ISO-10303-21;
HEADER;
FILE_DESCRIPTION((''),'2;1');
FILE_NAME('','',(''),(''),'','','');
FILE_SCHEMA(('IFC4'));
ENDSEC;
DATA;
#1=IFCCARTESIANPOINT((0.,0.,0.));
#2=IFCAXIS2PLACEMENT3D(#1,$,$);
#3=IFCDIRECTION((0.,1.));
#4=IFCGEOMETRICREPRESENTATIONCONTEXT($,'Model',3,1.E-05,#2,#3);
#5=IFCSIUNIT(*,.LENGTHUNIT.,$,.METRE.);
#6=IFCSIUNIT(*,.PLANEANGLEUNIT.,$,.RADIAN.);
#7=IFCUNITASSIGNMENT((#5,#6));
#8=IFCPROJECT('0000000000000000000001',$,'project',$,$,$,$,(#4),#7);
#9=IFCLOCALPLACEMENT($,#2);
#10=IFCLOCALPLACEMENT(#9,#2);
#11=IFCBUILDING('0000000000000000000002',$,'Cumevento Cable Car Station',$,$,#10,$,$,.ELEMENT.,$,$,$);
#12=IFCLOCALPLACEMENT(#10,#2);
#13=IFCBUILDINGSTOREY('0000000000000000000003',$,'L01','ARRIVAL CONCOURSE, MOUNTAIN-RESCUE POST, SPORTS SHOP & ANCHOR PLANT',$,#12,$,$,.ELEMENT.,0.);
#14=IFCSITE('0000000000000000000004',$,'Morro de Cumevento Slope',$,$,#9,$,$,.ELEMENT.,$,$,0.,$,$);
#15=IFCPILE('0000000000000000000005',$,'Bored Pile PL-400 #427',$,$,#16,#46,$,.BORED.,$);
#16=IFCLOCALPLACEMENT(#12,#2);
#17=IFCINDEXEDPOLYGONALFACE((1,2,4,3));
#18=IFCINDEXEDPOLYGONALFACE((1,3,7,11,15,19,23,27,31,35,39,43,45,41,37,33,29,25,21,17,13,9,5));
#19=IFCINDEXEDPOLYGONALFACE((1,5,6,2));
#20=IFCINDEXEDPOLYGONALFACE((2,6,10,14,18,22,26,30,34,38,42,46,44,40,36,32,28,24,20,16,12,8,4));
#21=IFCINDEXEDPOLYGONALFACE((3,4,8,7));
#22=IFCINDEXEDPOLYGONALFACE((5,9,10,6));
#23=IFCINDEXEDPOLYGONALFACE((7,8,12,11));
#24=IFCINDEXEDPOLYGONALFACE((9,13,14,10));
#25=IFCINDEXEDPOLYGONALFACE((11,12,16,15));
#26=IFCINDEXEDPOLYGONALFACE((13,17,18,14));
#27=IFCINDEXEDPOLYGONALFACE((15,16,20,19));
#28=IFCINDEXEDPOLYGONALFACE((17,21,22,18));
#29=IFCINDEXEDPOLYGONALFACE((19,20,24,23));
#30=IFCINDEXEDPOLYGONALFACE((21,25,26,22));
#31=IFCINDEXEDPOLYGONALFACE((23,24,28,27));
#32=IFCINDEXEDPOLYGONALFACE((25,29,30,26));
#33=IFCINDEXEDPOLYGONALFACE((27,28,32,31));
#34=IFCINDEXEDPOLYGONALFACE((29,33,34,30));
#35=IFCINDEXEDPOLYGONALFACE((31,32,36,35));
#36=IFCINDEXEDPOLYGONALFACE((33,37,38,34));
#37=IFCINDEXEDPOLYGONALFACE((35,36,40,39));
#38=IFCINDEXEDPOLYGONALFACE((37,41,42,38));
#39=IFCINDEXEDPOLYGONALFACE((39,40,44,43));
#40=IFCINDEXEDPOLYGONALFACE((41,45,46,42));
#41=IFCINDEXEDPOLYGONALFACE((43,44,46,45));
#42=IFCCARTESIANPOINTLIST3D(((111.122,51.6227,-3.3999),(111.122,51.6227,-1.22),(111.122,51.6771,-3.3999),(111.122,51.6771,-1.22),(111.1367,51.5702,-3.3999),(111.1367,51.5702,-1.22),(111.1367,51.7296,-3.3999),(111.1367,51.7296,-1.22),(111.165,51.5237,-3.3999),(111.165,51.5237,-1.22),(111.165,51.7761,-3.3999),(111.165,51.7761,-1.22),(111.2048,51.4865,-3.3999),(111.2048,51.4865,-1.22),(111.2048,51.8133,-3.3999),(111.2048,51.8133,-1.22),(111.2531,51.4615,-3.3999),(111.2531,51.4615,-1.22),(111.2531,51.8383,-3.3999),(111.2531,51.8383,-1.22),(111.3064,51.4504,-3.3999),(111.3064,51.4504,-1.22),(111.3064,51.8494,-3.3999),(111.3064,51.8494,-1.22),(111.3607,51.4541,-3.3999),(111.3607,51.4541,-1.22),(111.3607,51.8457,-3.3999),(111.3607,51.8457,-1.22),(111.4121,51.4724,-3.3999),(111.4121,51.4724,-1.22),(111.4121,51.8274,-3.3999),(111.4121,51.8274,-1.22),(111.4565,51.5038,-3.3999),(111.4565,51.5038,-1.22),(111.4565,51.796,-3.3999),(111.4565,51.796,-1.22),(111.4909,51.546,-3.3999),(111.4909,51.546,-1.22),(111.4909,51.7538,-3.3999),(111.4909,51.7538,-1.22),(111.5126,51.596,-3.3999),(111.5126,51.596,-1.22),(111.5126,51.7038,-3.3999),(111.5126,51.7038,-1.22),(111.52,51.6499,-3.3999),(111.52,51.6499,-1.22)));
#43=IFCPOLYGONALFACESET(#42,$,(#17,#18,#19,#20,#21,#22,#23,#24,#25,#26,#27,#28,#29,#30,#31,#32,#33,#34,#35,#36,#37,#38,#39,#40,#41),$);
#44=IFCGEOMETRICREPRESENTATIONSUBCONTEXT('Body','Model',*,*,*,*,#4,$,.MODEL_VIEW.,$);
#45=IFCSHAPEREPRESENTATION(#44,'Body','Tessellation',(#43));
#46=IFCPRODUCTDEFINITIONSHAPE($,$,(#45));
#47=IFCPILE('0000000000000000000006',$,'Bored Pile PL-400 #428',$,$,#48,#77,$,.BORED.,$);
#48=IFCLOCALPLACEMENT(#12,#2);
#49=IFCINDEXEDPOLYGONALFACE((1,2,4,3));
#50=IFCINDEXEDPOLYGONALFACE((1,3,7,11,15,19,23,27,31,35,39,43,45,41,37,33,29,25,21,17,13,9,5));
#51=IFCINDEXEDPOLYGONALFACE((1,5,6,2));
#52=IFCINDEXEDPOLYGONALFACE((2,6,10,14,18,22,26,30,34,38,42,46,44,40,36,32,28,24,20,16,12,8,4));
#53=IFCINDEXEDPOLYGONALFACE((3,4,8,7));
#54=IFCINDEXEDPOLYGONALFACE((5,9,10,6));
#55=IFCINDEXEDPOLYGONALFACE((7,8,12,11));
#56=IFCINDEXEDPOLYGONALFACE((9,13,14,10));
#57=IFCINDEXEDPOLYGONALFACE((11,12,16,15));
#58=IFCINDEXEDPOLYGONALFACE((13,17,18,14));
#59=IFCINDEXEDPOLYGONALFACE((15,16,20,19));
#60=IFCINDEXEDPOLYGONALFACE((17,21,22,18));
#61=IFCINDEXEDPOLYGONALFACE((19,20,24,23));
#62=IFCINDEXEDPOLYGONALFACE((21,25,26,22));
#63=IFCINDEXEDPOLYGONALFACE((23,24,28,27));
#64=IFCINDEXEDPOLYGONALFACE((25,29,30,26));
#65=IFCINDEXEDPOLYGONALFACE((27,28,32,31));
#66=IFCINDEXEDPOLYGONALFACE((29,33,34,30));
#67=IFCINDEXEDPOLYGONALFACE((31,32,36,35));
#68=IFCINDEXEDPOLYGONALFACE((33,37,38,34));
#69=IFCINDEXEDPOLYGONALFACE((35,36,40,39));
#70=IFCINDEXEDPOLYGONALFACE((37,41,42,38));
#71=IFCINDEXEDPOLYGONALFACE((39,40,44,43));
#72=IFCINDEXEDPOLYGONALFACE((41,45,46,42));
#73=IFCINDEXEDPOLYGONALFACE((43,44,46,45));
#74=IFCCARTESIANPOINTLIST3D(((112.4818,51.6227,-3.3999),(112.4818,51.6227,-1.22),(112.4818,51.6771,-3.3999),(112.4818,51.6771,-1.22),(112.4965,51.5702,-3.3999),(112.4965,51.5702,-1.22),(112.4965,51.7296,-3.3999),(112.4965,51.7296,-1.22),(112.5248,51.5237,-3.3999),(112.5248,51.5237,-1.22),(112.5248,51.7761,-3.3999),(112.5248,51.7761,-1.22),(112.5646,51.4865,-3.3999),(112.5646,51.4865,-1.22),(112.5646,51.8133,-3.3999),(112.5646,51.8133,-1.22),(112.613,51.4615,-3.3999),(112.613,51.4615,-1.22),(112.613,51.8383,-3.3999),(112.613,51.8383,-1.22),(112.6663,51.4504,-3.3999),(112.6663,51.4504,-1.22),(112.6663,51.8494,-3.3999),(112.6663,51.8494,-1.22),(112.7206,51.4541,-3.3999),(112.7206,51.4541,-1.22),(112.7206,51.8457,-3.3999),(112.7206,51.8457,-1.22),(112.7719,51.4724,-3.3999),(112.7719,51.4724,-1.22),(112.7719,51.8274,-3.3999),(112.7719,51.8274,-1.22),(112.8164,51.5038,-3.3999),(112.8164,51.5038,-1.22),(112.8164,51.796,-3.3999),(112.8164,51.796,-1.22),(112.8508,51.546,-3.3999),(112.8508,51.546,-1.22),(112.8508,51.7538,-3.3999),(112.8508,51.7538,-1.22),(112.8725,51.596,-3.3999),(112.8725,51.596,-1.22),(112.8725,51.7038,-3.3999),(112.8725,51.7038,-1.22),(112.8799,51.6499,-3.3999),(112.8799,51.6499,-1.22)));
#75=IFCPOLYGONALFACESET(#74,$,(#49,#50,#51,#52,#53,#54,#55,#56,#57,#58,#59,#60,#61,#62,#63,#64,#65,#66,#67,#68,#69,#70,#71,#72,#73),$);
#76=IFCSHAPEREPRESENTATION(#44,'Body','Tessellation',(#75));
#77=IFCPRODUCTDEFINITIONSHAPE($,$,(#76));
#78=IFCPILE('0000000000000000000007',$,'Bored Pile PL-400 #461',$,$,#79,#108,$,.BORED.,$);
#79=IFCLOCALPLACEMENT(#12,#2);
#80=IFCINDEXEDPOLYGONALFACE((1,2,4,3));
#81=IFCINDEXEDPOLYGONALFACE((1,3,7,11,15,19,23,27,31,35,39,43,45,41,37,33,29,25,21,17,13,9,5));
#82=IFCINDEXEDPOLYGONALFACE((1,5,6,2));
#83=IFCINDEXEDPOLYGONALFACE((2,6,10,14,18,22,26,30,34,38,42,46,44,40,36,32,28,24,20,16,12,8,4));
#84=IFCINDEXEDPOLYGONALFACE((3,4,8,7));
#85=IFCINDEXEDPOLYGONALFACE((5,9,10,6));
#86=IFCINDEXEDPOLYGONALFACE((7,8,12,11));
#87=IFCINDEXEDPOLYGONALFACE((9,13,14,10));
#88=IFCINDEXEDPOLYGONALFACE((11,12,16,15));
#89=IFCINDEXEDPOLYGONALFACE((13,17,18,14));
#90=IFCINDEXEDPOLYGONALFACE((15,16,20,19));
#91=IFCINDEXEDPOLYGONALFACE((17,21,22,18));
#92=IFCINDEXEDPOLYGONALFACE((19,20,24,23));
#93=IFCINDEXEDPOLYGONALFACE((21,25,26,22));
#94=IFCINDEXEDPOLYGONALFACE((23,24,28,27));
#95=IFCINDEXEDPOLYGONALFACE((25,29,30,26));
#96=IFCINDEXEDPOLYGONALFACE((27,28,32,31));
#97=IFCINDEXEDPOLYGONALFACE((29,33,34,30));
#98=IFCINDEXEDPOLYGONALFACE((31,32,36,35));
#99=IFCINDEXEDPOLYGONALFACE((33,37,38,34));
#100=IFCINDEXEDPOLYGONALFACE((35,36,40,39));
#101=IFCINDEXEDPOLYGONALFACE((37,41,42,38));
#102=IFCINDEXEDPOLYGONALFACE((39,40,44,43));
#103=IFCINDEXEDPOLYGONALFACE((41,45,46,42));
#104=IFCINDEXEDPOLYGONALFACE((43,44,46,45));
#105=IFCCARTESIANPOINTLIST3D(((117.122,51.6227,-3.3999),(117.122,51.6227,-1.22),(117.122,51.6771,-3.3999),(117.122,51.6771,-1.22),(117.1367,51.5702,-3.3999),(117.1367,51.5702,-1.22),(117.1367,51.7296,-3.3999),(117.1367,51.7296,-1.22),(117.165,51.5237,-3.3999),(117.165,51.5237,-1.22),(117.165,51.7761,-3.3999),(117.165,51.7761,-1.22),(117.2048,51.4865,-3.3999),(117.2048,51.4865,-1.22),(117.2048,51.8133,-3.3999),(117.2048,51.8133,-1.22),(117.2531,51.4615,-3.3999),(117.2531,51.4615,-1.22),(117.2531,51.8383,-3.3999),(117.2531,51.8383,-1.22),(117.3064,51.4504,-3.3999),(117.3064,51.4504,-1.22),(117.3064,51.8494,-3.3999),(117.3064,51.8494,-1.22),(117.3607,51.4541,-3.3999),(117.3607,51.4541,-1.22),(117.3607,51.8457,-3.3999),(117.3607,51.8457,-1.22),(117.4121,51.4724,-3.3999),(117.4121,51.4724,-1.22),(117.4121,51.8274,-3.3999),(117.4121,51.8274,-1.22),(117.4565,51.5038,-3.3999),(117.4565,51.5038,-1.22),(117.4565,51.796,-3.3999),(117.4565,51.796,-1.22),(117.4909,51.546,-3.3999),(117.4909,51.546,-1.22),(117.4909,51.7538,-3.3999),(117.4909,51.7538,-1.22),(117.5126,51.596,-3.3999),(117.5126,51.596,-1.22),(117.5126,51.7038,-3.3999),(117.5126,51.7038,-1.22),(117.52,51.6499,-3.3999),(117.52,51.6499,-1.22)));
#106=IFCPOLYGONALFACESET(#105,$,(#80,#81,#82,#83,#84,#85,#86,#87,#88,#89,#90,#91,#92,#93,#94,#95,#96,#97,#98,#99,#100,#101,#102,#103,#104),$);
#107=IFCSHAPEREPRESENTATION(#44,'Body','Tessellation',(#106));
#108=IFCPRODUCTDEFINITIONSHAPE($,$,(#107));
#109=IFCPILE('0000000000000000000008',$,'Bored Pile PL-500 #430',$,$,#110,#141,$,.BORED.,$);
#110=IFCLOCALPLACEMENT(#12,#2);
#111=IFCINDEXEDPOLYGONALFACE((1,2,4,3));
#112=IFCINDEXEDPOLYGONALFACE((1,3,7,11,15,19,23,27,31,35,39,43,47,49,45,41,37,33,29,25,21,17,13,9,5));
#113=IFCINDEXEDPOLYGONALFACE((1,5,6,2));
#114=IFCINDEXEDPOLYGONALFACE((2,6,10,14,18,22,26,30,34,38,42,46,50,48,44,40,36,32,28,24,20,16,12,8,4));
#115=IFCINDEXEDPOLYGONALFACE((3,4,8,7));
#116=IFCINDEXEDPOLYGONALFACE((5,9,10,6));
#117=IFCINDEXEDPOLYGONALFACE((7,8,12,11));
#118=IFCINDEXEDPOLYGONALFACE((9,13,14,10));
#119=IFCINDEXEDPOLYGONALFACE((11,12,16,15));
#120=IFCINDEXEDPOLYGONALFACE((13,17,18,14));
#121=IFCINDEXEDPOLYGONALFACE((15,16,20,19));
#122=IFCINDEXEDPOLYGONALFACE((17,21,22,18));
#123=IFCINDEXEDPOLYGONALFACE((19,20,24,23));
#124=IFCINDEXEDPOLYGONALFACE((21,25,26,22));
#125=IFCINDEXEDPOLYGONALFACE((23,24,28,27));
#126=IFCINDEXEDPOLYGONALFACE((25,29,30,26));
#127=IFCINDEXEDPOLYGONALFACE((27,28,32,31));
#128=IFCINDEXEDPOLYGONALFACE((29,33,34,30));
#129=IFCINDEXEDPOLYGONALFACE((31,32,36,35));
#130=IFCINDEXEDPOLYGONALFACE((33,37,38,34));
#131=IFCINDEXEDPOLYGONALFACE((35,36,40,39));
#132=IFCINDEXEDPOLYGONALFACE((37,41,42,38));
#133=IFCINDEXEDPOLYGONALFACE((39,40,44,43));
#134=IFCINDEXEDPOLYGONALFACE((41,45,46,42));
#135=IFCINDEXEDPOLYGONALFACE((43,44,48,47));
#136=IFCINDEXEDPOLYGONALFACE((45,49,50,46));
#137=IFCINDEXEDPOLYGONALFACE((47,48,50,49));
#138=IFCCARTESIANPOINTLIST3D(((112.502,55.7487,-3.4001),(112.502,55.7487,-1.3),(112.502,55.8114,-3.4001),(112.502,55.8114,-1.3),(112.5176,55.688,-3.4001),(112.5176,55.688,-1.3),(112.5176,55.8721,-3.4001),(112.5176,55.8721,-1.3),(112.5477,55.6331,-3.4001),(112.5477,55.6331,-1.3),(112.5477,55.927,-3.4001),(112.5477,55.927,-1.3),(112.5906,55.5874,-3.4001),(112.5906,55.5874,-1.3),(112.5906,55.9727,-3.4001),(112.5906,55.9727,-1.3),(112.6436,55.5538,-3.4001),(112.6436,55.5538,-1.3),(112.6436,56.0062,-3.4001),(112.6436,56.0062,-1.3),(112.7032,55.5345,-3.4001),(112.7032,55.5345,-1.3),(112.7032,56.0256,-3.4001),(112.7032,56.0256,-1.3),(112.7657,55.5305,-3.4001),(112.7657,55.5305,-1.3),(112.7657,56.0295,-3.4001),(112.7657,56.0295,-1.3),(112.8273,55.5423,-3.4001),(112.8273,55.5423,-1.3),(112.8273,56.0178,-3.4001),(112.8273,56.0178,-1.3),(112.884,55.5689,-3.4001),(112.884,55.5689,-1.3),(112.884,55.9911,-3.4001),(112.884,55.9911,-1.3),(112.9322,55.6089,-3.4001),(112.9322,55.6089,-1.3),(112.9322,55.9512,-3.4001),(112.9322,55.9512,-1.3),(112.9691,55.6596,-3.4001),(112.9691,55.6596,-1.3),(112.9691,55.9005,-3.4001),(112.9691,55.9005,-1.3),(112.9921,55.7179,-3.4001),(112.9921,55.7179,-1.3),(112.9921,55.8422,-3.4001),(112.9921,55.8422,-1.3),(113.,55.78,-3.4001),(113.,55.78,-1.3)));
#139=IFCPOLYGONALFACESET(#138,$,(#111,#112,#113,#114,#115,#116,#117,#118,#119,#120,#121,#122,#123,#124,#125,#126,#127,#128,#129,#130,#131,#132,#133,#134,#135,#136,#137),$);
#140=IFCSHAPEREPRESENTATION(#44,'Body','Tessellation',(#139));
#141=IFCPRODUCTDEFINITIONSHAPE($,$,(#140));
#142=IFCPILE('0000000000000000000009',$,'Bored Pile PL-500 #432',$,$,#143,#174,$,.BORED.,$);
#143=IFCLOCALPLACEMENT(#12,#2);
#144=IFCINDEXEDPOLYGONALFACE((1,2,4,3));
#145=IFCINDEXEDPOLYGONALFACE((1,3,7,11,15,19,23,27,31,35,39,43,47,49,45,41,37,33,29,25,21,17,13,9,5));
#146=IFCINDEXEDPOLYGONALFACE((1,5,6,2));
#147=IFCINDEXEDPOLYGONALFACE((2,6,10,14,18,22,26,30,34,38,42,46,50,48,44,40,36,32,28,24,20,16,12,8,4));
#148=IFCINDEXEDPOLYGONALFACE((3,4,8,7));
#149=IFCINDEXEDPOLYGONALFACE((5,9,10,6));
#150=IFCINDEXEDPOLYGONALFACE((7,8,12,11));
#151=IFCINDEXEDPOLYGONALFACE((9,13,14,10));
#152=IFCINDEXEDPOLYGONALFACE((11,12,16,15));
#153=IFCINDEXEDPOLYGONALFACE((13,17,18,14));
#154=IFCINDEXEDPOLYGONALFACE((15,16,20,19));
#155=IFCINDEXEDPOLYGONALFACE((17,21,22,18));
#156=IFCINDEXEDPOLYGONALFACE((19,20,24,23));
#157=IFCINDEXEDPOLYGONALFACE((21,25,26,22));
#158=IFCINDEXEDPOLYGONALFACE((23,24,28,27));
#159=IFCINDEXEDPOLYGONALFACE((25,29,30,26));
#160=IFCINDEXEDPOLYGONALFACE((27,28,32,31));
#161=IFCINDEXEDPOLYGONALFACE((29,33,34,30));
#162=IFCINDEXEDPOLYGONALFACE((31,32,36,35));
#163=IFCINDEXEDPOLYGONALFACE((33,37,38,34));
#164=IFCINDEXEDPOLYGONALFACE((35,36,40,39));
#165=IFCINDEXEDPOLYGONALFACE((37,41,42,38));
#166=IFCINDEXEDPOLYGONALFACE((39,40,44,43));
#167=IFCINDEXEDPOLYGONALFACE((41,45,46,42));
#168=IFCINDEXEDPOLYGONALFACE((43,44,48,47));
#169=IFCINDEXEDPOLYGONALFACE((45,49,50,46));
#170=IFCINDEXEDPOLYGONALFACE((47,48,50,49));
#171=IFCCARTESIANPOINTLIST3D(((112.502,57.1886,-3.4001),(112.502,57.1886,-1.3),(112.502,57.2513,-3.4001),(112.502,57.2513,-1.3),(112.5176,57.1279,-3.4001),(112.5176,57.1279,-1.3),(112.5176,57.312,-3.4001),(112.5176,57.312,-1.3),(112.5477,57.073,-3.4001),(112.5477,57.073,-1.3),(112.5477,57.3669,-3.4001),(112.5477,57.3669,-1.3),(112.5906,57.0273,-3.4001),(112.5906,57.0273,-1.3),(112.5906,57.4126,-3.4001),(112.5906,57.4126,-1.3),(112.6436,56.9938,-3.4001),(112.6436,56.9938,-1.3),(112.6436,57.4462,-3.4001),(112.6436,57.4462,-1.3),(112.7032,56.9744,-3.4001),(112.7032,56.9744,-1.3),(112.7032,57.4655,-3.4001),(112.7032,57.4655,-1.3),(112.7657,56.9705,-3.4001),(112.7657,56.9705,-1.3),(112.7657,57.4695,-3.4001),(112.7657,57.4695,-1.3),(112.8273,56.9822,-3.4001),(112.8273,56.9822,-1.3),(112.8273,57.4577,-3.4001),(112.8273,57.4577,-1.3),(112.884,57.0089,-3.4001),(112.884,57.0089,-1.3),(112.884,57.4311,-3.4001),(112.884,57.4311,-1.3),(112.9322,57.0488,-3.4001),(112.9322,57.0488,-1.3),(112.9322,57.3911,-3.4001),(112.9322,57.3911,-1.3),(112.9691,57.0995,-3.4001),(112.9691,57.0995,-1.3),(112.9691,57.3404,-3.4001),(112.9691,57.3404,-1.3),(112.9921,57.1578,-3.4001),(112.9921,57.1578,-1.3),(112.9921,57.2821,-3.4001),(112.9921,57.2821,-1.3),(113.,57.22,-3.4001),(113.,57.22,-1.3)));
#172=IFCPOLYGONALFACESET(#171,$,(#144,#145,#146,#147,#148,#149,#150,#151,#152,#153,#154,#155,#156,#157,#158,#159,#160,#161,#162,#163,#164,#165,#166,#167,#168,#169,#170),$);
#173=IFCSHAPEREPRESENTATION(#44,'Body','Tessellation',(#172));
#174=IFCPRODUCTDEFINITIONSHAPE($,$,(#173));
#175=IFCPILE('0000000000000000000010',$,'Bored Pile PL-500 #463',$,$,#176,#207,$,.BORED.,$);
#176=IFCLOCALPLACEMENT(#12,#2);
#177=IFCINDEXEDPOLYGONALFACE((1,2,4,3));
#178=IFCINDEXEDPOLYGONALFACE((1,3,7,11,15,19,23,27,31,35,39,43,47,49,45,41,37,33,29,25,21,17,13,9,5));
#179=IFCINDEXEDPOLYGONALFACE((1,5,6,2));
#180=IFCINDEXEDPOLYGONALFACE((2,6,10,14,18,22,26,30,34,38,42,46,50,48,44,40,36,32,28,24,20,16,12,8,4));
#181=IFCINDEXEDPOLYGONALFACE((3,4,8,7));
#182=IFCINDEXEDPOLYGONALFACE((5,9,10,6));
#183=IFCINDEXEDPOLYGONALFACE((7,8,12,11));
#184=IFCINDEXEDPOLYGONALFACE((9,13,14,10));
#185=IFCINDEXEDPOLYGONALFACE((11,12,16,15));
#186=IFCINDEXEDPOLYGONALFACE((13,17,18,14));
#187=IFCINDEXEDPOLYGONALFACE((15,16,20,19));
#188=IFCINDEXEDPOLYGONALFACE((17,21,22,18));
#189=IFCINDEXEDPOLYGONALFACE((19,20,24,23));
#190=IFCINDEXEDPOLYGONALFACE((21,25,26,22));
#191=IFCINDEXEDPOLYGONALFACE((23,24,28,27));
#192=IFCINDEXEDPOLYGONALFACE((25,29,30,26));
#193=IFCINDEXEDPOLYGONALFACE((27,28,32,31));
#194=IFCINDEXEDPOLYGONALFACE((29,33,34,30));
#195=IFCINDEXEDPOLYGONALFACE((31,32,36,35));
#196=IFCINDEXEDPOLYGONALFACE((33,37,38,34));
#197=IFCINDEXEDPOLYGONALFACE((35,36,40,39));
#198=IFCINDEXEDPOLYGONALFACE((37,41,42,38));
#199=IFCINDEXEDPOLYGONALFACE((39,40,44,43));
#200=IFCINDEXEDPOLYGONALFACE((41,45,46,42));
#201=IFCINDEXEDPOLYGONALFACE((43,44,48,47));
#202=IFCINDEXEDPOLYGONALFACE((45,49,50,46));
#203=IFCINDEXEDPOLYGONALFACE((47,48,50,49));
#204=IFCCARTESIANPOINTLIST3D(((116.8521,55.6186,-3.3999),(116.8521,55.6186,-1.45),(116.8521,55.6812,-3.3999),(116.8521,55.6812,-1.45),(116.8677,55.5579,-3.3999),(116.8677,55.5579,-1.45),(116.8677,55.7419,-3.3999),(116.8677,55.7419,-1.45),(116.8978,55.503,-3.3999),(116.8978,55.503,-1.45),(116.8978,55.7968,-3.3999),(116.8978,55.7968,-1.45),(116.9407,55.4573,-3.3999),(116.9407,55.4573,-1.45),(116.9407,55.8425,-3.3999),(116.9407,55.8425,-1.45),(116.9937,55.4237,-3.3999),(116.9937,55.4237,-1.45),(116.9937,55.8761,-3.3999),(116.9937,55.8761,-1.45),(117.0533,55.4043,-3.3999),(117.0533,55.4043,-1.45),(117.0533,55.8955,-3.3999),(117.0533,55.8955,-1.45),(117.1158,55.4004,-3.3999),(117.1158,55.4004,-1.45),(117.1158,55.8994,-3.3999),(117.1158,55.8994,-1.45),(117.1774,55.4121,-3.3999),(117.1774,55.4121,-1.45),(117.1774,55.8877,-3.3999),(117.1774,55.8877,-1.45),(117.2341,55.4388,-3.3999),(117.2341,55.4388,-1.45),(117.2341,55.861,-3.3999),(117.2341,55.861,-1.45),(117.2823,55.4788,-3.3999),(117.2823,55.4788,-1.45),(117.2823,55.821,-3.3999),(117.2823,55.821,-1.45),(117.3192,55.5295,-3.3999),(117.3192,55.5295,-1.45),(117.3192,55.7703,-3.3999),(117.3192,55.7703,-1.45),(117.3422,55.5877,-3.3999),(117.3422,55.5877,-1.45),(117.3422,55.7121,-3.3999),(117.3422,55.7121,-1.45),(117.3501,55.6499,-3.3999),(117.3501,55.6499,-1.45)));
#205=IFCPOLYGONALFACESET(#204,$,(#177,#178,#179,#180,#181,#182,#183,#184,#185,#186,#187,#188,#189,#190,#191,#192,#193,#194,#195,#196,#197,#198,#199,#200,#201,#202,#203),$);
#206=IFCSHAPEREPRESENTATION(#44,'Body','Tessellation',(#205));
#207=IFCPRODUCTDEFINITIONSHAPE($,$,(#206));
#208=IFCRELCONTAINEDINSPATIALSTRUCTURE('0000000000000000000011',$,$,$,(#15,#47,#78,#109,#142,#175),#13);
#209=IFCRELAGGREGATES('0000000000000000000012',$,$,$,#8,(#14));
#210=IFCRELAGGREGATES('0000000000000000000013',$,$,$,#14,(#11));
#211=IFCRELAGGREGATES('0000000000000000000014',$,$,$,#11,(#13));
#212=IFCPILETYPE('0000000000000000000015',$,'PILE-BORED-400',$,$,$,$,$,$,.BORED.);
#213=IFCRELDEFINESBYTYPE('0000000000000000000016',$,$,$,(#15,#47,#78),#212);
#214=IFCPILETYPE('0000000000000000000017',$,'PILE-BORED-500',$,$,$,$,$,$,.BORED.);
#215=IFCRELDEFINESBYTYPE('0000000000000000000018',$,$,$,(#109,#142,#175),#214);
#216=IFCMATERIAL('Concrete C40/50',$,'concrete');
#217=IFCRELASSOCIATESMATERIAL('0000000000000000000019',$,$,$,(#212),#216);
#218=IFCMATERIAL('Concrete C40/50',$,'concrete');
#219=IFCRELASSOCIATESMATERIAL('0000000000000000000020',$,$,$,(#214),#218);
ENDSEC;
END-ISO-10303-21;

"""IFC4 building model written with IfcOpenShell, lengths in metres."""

from ifc_helpers import new_model, si_unit, direction, frame, origin, origin_2d, place, context, subcontext, project, spatial, circle, extrude, material, material_profile, profile_set, type_object, element, save


model = new_model("IFC4")

# Units and contexts
model_context = context("Model", 3, precision=1e-05, world=origin(), true_north=direction((0.0, 1.0)))
body_context = subcontext(model_context, "Body", "Model", "MODEL_VIEW")
ifc_project = project(units=[si_unit("LENGTHUNIT", "METRE"), si_unit("PLANEANGLEUNIT", "RADIAN")], contexts=[model_context])

# Site, building, storey
site_placement = place(None, origin())
site = spatial("IfcSite", under=ifc_project, at=site_placement, Name="Morro de Cumevento Slope", CompositionType="ELEMENT", RefElevation=0.0)
building_placement = place(site_placement, origin())
building = spatial("IfcBuilding", under=site, at=building_placement, Name="Cumevento Cable Car Station", CompositionType="ELEMENT")
storey_placement = place(building_placement, origin())
storey = spatial("IfcBuildingStorey", under=building, at=storey_placement, Name="L01", Description="ARRIVAL CONCOURSE, MOUNTAIN-RESCUE POST, SPORTS SHOP & ANCHOR PLANT", CompositionType="ELEMENT", Elevation=0.0)

# Piles
ifc_material_1 = material(Name="Concrete C40/50", Category="concrete")
ifc_material_profile_1 = material_profile(ifc_material_1, circle(Radius=0.2, at=origin_2d()), Name="PILE-D400")
ifc_profile_set_1 = profile_set([ifc_material_profile_1], Name="Concrete C40/50")
pile_type_1 = type_object("IfcPileType", Name="PILE-BORED-400", PredefinedType="BORED", material=ifc_profile_set_1)
for number, where, z_axis, x_axis, name in (
    (1, (111.3201, 51.6499, -1.22), (0.0, 0.0, -1.0), (1.0, 0.0, 0.0), "Bored Pile PL-400 #427"),
    (2, (112.6799, 51.6499, -1.22), (0.0, 0.0, -1.0), (1.0, 0.0, 0.0), "Bored Pile PL-400 #428"),
    (3, (117.3201, 51.6499, -1.22), (0.0, 0.0, -1.0), (1.0, 0.0, 0.0), "Bored Pile PL-400 #461"),
):
    element("IfcPile", number, at=place(storey_placement, frame(where, z_axis=z_axis, x_axis=x_axis)), inside=storey, type_object=pile_type_1, Name=name, PredefinedType="BORED", context=body_context, shape_type="SweptSolid", body=[
        extrude(circle(Radius=0.2, at=origin_2d()), origin(), (0.0, 0.0, 1.0), 2.1799),
    ])
ifc_material_2 = material(Name="Concrete C40/50", Category="concrete")
ifc_material_profile_2 = material_profile(ifc_material_2, circle(Radius=0.25, at=origin_2d()), Name="PILE-D500")
ifc_profile_set_2 = profile_set([ifc_material_profile_2], Name="Concrete C40/50")
pile_type_2 = type_object("IfcPileType", Name="PILE-BORED-500", PredefinedType="BORED", material=ifc_profile_set_2)
for number, where, z_axis, x_axis, name in (
    (4, (112.75, 55.78, -1.3), (0.0, 0.0, -1.0), (1.0, 0.0, 0.0), "Bored Pile PL-500 #430"),
    (5, (112.75, 57.22, -1.3), (0.0, 0.0, -1.0), (1.0, 0.0, 0.0), "Bored Pile PL-500 #432"),
):
    element("IfcPile", number, at=place(storey_placement, frame(where, z_axis=z_axis, x_axis=x_axis)), inside=storey, type_object=pile_type_2, Name=name, PredefinedType="BORED", context=body_context, shape_type="SweptSolid", body=[
        extrude(circle(Radius=0.25, at=origin_2d()), origin(), (0.0, 0.0, 1.0), 2.1001),
    ])
for number, where, z_axis, x_axis, name in (
    (6, (117.1001, 55.6499, -1.45), (0.0, 0.0, -1.0), (1.0, 0.0, 0.0), "Bored Pile PL-500 #463"),
):
    element("IfcPile", number, at=place(storey_placement, frame(where, z_axis=z_axis, x_axis=x_axis)), inside=storey, type_object=pile_type_2, Name=name, PredefinedType="BORED", context=body_context, shape_type="SweptSolid", body=[
        extrude(circle(Radius=0.25, at=origin_2d()), origin(), (0.0, 0.0, 1.0), 1.95),
    ])

save(model, "model.ifc")
